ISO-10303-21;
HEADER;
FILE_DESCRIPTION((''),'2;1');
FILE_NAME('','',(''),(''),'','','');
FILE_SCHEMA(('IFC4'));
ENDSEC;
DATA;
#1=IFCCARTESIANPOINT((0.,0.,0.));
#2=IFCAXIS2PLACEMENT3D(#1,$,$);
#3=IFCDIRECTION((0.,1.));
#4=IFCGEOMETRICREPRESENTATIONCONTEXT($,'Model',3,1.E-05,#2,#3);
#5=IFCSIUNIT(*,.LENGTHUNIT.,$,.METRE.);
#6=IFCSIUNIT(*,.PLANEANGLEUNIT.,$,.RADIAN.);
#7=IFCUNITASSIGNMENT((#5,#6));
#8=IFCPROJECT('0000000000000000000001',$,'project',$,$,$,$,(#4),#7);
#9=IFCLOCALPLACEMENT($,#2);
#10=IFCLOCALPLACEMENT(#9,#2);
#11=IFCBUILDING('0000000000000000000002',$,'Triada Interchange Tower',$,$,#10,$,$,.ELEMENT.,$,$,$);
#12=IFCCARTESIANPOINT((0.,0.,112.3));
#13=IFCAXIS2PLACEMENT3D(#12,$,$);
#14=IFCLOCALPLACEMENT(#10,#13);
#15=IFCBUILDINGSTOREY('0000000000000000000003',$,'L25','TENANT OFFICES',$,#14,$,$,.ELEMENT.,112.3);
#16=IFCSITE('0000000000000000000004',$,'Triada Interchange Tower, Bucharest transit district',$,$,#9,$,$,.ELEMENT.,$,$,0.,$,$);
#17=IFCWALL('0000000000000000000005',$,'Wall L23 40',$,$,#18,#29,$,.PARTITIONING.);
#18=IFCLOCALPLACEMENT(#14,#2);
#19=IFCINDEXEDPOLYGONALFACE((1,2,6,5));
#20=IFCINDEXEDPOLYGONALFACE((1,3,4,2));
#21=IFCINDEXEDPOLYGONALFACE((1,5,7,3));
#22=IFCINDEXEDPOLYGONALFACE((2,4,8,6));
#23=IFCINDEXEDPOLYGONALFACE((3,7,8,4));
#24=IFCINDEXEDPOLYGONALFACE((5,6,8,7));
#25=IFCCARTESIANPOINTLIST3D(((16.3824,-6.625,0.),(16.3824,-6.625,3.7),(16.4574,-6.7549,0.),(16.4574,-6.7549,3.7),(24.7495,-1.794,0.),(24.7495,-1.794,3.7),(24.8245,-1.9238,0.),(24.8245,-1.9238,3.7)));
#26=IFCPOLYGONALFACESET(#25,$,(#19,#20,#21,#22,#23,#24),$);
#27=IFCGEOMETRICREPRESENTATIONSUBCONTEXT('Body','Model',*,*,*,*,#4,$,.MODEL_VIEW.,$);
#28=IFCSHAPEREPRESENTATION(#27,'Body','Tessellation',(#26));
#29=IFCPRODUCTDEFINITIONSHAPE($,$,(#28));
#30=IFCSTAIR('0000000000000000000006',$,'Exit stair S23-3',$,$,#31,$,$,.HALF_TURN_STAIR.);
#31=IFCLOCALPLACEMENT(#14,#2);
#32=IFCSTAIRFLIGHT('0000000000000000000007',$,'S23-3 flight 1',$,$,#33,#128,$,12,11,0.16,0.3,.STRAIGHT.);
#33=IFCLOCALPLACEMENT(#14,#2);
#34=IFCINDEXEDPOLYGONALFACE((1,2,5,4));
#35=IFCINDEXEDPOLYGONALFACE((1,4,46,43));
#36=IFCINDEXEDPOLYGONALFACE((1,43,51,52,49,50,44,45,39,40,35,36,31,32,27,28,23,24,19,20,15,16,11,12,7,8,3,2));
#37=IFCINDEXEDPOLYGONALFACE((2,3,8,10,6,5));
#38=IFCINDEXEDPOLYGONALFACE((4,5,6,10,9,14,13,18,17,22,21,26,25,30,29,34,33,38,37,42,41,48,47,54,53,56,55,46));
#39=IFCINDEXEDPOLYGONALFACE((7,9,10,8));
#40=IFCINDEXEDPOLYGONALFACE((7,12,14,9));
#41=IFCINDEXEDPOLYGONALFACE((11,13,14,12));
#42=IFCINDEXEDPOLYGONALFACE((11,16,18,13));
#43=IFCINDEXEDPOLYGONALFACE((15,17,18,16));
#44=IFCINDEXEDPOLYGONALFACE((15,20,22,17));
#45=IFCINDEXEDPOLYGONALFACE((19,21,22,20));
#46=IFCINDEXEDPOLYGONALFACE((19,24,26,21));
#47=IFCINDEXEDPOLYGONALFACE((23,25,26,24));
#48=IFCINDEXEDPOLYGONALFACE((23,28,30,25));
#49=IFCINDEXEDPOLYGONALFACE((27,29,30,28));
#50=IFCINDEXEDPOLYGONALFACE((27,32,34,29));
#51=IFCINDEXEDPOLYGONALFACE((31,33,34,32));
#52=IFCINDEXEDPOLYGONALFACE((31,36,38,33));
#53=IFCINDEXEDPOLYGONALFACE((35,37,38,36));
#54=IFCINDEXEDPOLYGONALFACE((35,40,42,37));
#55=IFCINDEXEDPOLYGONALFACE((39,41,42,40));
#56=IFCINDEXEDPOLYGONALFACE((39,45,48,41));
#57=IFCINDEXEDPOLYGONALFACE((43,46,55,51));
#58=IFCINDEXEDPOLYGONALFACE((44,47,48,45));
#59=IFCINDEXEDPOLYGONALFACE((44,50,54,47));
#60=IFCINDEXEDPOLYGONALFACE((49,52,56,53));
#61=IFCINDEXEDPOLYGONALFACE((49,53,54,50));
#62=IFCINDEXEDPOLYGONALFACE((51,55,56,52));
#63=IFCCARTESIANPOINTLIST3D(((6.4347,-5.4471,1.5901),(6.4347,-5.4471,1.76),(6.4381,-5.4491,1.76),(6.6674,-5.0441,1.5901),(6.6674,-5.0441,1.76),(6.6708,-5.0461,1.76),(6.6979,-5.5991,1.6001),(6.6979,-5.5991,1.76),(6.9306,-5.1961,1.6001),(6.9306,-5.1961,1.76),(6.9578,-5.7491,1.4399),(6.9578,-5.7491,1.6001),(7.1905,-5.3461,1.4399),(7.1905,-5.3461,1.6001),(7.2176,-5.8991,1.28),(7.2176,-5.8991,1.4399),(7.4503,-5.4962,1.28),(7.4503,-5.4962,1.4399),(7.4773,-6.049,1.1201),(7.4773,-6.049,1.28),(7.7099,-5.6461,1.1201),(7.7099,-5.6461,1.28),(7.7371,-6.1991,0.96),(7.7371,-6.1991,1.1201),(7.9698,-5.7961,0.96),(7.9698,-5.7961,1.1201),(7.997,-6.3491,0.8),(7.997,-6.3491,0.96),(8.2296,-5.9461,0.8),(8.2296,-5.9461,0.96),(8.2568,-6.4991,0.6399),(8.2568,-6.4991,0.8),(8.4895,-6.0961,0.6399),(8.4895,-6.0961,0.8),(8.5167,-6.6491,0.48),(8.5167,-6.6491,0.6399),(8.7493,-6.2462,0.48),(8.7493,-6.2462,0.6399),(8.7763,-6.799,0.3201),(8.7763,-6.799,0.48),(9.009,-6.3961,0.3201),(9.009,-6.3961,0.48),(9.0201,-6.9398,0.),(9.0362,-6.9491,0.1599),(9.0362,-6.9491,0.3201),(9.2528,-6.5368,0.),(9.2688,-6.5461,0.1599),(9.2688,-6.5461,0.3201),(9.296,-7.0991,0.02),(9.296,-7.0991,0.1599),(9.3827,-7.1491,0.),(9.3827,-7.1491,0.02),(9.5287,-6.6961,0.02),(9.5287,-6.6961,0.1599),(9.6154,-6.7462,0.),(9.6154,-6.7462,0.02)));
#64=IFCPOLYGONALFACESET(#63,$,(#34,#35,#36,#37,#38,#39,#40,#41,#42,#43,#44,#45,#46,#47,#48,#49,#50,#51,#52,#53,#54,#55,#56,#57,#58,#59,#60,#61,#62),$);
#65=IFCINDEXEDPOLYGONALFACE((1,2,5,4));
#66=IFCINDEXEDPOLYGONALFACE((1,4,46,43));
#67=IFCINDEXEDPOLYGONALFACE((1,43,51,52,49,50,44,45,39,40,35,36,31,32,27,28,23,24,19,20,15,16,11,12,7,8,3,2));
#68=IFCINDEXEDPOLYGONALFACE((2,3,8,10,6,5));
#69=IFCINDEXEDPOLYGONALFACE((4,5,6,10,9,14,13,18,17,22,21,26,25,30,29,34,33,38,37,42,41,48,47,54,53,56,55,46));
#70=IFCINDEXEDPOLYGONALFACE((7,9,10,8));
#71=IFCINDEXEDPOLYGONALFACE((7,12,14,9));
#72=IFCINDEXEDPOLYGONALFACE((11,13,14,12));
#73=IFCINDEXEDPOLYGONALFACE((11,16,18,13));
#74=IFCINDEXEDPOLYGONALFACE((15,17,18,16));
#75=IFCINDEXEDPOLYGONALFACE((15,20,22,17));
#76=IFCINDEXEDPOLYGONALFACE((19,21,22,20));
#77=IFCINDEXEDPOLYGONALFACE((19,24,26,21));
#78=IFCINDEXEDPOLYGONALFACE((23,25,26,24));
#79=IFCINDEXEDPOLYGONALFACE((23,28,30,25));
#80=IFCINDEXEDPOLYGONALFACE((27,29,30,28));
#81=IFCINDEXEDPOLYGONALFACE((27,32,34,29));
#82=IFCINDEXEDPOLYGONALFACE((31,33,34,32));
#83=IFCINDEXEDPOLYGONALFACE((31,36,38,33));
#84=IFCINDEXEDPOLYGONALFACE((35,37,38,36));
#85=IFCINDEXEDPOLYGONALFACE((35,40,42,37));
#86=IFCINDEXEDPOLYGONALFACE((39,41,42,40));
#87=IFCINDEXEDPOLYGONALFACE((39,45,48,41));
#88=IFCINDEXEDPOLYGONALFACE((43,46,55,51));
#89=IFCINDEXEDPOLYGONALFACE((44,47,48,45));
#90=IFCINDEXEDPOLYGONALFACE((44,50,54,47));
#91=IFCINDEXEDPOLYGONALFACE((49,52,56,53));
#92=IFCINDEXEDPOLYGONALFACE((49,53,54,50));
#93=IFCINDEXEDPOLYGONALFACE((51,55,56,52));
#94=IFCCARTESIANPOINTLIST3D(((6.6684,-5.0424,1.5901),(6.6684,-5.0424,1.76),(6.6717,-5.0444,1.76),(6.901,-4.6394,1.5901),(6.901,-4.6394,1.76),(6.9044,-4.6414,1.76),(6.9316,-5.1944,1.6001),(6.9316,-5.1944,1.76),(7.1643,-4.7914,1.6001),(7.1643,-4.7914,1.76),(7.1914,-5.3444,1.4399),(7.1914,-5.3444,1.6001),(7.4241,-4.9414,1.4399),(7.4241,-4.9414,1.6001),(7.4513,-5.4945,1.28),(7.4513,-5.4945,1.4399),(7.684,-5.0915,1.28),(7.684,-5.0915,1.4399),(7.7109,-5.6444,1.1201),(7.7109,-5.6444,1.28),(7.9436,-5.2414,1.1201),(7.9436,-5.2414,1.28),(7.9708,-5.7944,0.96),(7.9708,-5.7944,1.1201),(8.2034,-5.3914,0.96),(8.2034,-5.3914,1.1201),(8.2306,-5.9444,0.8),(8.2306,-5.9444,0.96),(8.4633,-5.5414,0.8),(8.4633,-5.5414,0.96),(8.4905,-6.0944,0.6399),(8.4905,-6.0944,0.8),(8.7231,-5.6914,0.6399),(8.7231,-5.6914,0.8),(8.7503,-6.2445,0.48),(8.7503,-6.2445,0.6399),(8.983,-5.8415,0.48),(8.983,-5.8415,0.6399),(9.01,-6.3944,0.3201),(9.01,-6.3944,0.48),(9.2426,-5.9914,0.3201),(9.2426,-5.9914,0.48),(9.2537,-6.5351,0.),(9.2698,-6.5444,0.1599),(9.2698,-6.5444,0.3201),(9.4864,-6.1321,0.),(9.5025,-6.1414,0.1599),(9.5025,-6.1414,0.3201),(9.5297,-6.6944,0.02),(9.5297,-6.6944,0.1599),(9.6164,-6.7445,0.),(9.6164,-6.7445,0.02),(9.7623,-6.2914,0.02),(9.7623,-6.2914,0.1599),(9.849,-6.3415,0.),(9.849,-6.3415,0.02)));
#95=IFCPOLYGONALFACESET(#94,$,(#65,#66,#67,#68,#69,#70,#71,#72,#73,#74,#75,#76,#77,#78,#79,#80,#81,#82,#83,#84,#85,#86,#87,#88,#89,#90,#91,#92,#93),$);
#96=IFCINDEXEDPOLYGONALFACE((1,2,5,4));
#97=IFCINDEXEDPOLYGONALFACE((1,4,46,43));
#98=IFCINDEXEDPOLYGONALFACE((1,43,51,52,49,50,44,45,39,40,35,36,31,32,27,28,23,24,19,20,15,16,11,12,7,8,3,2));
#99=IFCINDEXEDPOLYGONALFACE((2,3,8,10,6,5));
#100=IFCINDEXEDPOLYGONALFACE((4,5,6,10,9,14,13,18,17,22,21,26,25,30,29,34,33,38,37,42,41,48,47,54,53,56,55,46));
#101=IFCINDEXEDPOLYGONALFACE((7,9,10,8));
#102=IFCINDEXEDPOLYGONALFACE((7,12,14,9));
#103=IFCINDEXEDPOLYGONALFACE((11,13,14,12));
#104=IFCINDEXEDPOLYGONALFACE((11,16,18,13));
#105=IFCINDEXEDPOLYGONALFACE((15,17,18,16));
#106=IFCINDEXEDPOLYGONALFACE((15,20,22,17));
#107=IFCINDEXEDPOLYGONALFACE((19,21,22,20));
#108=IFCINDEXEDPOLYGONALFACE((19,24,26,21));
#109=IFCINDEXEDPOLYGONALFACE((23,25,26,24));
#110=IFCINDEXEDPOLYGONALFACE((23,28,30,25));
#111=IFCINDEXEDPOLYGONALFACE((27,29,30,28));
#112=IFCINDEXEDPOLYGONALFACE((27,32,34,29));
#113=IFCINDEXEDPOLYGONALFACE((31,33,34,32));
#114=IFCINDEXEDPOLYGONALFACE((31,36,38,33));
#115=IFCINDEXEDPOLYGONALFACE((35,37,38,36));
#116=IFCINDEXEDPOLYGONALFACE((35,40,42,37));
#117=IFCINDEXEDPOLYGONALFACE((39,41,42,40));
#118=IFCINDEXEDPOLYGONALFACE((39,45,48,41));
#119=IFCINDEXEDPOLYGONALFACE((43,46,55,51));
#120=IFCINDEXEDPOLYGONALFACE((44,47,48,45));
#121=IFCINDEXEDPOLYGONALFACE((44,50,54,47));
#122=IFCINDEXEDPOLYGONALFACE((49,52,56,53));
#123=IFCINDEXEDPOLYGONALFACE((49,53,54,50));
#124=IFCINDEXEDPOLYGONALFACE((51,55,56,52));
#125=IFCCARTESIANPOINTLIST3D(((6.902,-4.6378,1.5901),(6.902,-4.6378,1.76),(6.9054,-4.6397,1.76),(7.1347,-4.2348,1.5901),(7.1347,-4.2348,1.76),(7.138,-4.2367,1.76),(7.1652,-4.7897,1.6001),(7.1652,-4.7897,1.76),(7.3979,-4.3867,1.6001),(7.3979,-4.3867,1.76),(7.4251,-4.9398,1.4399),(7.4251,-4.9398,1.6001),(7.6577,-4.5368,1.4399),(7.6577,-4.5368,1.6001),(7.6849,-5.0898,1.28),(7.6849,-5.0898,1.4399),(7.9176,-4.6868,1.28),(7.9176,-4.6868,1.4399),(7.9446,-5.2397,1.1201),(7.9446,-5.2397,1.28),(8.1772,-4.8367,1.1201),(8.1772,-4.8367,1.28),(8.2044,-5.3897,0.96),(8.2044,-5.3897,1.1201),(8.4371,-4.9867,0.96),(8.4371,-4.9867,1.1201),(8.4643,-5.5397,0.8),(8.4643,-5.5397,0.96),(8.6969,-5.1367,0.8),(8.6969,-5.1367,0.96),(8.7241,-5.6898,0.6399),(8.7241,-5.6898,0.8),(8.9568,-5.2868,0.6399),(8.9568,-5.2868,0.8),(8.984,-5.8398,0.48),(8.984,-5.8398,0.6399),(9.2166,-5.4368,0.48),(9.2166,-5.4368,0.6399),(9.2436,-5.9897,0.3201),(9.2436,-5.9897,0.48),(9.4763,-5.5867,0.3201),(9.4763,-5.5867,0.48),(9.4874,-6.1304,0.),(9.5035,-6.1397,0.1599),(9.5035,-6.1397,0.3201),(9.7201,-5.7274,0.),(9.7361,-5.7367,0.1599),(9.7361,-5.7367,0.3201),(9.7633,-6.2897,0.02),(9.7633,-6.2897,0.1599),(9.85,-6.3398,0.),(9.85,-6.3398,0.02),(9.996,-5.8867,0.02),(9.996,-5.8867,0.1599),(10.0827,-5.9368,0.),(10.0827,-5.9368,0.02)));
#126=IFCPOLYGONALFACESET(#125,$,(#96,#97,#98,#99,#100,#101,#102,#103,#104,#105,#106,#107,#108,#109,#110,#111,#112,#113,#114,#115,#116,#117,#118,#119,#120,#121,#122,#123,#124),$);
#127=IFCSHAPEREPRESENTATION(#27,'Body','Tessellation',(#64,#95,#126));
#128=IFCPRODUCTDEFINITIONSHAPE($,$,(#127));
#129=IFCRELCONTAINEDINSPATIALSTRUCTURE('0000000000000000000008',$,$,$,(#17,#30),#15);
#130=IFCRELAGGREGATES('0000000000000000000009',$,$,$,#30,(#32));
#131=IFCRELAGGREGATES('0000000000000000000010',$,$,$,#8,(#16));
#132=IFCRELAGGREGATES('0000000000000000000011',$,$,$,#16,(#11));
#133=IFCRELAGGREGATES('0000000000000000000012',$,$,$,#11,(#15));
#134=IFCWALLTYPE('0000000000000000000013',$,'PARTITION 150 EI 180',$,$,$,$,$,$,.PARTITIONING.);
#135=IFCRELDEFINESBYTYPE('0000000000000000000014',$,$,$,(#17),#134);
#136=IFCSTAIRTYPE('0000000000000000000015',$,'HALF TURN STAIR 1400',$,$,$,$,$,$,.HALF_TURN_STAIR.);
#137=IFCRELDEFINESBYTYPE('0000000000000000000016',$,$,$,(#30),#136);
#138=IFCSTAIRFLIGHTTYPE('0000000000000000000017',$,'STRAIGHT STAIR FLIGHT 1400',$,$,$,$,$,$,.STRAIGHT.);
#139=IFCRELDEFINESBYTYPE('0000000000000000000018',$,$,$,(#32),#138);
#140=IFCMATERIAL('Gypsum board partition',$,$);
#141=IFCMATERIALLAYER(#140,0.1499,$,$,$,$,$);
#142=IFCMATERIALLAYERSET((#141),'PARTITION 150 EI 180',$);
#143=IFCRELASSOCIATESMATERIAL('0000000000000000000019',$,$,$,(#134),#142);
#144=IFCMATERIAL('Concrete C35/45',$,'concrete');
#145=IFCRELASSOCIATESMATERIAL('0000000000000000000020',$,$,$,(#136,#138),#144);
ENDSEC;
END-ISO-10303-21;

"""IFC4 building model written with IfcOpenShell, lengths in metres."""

from ifc_helpers import new_model, si_unit, direction, frame, frame_2d, origin, place, context, subcontext, project, spatial, polyline, rectangle, outline, extrude, material, layer, layer_set, type_object, element, aggregate, save


model = new_model("IFC4")

# Units and contexts
model_context = context("Model", 3, precision=1e-05, world=origin(), true_north=direction((0.0, 1.0)))
body_context = subcontext(model_context, "Body", "Model", "MODEL_VIEW")
ifc_project = project(units=[si_unit("LENGTHUNIT", "METRE"), si_unit("PLANEANGLEUNIT", "RADIAN")], contexts=[model_context])

# Site, building, storey
site_placement = place(None, origin())
site = spatial("IfcSite", under=ifc_project, at=site_placement, Name="Triada Interchange Tower, Bucharest transit district", CompositionType="ELEMENT", RefElevation=0.0)
building_placement = place(site_placement, origin())
building = spatial("IfcBuilding", under=site, at=building_placement, Name="Triada Interchange Tower", CompositionType="ELEMENT")
storey_placement = place(building_placement, frame((0.0, 0.0, 112.3)))
storey = spatial("IfcBuildingStorey", under=building, at=storey_placement, Name="L25", Description="TENANT OFFICES", CompositionType="ELEMENT", Elevation=112.3)

# Wall
ifc_material_1 = material(Name="Gypsum board partition")
ifc_layer_1 = layer(ifc_material_1, 0.1499)
ifc_layer_set_1 = layer_set([ifc_layer_1], Name="PARTITION 150 EI 180")
wall_type_1 = type_object("IfcWallType", Name="PARTITION 150 EI 180", PredefinedType="PARTITIONING", material=ifc_layer_set_1)
wall_1_placement = place(storey_placement, frame((16.4199, -6.6899, 0.0), z_axis=(0.0, 0.0, 1.0), x_axis=(0.866014, 0.50002, 0.0)))
element("IfcWall", 1, at=wall_1_placement, inside=storey, type_object=wall_type_1, Name="Wall L23 40", PredefinedType="PARTITIONING", context=body_context, shape_type="SweptSolid", body=[
    extrude(rectangle(XDim=9.6616, YDim=0.1499, at=frame_2d((4.8308, 0.0))), origin(), (0.0, 0.0, 1.0), 3.7),
])

# Stair, stair flight
ifc_material_2 = material(Name="Concrete C35/45", Category="concrete")
stair_type = type_object("IfcStairType", Name="HALF TURN STAIR 1400", PredefinedType="HALF_TURN_STAIR", material=ifc_material_2)
stair_placement = place(storey_placement, origin())
stair = element("IfcStair", 2, at=stair_placement, inside=storey, type_object=stair_type, Name="Exit stair S23-3", PredefinedType="HALF_TURN_STAIR")
stair_flight_type = type_object("IfcStairFlightType", Name="STRAIGHT STAIR FLIGHT 1400", PredefinedType="STRAIGHT", material=ifc_material_2)
stair_flight_1_placement = place(storey_placement, frame((9.646, -6.4929, 0.0), z_axis=(0.0, 0.0, 1.0), x_axis=(-0.866025, 0.5, 0.0)))
stair_flight_1 = element("IfcStairFlight", 3, at=stair_flight_1_placement, type_object=stair_flight_type, Name="S23-3 flight 1", NumberOfRisers=12, NumberOfTreads=11, PredefinedType="STRAIGHT", RiserHeight=0.16, TreadLength=0.3, context=body_context, shape_type="SweptSolid", body=[
    extrude(outline(polyline([(-0.1001, 0.0), (-0.1001, 0.02), (0.0, 0.02), (0.0, 0.1599), (0.3, 0.1599), (0.3, 0.3201), (0.6001, 0.3201), (0.6001, 0.48), (0.8999, 0.48), (0.8999, 0.6399), (1.2, 0.6399), (1.2, 0.8), (1.5, 0.8), (1.5, 0.96), (1.8, 0.96), (1.8, 1.1201), (2.1001, 1.1201), (2.1001, 1.28), (2.3999, 1.28), (2.3999, 1.4399), (2.7, 1.4399), (2.7, 1.6001), (3.0, 1.6001), (3.0, 1.76), (3.3, 1.76), (3.304, 1.76), (3.304, 1.9199), (3.304, 1.5901), (0.3186, 0.0), (-0.1001, 0.0)])), frame((0.0, 0.7, 0.0), z_axis=(0.0, -1.0, 0.0), x_axis=(1.0, 0.0, 0.0)), (0.0, 0.0, 1.0), 0.4653),
    extrude(outline(polyline([(-0.1001, 0.0), (-0.1001, 0.02), (0.0, 0.02), (0.0, 0.1599), (0.3, 0.1599), (0.3, 0.3201), (0.6001, 0.3201), (0.6001, 0.48), (0.8999, 0.48), (0.8999, 0.6399), (1.2, 0.6399), (1.2, 0.8), (1.5, 0.8), (1.5, 0.96), (1.8, 0.96), (1.8, 1.1201), (2.1001, 1.1201), (2.1001, 1.28), (2.3999, 1.28), (2.3999, 1.4399), (2.7, 1.4399), (2.7, 1.6001), (3.0, 1.6001), (3.0, 1.76), (3.3, 1.76), (3.304, 1.76), (3.304, 1.9199), (3.304, 1.5901), (0.3186, 0.0), (-0.1001, 0.0)])), frame((0.0, 0.2327, 0.0), z_axis=(0.0, -1.0, 0.0), x_axis=(1.0, 0.0, 0.0)), (0.0, 0.0, 1.0), 0.4653),
    extrude(outline(polyline([(-0.1001, 0.0), (-0.1001, 0.02), (0.0, 0.02), (0.0, 0.1599), (0.3, 0.1599), (0.3, 0.3201), (0.6001, 0.3201), (0.6001, 0.48), (0.8999, 0.48), (0.8999, 0.6399), (1.2, 0.6399), (1.2, 0.8), (1.5, 0.8), (1.5, 0.96), (1.8, 0.96), (1.8, 1.1201), (2.1001, 1.1201), (2.1001, 1.28), (2.3999, 1.28), (2.3999, 1.4399), (2.7, 1.4399), (2.7, 1.6001), (3.0, 1.6001), (3.0, 1.76), (3.3, 1.76), (3.304, 1.76), (3.304, 1.9199), (3.304, 1.5901), (0.3186, 0.0), (-0.1001, 0.0)])), frame((0.0, -0.2346, 0.0), z_axis=(0.0, -1.0, 0.0), x_axis=(1.0, 0.0, 0.0)), (0.0, 0.0, 1.0), 0.4653),
])
aggregate(stair, [stair_flight_1])

save(model, "model.ifc")
